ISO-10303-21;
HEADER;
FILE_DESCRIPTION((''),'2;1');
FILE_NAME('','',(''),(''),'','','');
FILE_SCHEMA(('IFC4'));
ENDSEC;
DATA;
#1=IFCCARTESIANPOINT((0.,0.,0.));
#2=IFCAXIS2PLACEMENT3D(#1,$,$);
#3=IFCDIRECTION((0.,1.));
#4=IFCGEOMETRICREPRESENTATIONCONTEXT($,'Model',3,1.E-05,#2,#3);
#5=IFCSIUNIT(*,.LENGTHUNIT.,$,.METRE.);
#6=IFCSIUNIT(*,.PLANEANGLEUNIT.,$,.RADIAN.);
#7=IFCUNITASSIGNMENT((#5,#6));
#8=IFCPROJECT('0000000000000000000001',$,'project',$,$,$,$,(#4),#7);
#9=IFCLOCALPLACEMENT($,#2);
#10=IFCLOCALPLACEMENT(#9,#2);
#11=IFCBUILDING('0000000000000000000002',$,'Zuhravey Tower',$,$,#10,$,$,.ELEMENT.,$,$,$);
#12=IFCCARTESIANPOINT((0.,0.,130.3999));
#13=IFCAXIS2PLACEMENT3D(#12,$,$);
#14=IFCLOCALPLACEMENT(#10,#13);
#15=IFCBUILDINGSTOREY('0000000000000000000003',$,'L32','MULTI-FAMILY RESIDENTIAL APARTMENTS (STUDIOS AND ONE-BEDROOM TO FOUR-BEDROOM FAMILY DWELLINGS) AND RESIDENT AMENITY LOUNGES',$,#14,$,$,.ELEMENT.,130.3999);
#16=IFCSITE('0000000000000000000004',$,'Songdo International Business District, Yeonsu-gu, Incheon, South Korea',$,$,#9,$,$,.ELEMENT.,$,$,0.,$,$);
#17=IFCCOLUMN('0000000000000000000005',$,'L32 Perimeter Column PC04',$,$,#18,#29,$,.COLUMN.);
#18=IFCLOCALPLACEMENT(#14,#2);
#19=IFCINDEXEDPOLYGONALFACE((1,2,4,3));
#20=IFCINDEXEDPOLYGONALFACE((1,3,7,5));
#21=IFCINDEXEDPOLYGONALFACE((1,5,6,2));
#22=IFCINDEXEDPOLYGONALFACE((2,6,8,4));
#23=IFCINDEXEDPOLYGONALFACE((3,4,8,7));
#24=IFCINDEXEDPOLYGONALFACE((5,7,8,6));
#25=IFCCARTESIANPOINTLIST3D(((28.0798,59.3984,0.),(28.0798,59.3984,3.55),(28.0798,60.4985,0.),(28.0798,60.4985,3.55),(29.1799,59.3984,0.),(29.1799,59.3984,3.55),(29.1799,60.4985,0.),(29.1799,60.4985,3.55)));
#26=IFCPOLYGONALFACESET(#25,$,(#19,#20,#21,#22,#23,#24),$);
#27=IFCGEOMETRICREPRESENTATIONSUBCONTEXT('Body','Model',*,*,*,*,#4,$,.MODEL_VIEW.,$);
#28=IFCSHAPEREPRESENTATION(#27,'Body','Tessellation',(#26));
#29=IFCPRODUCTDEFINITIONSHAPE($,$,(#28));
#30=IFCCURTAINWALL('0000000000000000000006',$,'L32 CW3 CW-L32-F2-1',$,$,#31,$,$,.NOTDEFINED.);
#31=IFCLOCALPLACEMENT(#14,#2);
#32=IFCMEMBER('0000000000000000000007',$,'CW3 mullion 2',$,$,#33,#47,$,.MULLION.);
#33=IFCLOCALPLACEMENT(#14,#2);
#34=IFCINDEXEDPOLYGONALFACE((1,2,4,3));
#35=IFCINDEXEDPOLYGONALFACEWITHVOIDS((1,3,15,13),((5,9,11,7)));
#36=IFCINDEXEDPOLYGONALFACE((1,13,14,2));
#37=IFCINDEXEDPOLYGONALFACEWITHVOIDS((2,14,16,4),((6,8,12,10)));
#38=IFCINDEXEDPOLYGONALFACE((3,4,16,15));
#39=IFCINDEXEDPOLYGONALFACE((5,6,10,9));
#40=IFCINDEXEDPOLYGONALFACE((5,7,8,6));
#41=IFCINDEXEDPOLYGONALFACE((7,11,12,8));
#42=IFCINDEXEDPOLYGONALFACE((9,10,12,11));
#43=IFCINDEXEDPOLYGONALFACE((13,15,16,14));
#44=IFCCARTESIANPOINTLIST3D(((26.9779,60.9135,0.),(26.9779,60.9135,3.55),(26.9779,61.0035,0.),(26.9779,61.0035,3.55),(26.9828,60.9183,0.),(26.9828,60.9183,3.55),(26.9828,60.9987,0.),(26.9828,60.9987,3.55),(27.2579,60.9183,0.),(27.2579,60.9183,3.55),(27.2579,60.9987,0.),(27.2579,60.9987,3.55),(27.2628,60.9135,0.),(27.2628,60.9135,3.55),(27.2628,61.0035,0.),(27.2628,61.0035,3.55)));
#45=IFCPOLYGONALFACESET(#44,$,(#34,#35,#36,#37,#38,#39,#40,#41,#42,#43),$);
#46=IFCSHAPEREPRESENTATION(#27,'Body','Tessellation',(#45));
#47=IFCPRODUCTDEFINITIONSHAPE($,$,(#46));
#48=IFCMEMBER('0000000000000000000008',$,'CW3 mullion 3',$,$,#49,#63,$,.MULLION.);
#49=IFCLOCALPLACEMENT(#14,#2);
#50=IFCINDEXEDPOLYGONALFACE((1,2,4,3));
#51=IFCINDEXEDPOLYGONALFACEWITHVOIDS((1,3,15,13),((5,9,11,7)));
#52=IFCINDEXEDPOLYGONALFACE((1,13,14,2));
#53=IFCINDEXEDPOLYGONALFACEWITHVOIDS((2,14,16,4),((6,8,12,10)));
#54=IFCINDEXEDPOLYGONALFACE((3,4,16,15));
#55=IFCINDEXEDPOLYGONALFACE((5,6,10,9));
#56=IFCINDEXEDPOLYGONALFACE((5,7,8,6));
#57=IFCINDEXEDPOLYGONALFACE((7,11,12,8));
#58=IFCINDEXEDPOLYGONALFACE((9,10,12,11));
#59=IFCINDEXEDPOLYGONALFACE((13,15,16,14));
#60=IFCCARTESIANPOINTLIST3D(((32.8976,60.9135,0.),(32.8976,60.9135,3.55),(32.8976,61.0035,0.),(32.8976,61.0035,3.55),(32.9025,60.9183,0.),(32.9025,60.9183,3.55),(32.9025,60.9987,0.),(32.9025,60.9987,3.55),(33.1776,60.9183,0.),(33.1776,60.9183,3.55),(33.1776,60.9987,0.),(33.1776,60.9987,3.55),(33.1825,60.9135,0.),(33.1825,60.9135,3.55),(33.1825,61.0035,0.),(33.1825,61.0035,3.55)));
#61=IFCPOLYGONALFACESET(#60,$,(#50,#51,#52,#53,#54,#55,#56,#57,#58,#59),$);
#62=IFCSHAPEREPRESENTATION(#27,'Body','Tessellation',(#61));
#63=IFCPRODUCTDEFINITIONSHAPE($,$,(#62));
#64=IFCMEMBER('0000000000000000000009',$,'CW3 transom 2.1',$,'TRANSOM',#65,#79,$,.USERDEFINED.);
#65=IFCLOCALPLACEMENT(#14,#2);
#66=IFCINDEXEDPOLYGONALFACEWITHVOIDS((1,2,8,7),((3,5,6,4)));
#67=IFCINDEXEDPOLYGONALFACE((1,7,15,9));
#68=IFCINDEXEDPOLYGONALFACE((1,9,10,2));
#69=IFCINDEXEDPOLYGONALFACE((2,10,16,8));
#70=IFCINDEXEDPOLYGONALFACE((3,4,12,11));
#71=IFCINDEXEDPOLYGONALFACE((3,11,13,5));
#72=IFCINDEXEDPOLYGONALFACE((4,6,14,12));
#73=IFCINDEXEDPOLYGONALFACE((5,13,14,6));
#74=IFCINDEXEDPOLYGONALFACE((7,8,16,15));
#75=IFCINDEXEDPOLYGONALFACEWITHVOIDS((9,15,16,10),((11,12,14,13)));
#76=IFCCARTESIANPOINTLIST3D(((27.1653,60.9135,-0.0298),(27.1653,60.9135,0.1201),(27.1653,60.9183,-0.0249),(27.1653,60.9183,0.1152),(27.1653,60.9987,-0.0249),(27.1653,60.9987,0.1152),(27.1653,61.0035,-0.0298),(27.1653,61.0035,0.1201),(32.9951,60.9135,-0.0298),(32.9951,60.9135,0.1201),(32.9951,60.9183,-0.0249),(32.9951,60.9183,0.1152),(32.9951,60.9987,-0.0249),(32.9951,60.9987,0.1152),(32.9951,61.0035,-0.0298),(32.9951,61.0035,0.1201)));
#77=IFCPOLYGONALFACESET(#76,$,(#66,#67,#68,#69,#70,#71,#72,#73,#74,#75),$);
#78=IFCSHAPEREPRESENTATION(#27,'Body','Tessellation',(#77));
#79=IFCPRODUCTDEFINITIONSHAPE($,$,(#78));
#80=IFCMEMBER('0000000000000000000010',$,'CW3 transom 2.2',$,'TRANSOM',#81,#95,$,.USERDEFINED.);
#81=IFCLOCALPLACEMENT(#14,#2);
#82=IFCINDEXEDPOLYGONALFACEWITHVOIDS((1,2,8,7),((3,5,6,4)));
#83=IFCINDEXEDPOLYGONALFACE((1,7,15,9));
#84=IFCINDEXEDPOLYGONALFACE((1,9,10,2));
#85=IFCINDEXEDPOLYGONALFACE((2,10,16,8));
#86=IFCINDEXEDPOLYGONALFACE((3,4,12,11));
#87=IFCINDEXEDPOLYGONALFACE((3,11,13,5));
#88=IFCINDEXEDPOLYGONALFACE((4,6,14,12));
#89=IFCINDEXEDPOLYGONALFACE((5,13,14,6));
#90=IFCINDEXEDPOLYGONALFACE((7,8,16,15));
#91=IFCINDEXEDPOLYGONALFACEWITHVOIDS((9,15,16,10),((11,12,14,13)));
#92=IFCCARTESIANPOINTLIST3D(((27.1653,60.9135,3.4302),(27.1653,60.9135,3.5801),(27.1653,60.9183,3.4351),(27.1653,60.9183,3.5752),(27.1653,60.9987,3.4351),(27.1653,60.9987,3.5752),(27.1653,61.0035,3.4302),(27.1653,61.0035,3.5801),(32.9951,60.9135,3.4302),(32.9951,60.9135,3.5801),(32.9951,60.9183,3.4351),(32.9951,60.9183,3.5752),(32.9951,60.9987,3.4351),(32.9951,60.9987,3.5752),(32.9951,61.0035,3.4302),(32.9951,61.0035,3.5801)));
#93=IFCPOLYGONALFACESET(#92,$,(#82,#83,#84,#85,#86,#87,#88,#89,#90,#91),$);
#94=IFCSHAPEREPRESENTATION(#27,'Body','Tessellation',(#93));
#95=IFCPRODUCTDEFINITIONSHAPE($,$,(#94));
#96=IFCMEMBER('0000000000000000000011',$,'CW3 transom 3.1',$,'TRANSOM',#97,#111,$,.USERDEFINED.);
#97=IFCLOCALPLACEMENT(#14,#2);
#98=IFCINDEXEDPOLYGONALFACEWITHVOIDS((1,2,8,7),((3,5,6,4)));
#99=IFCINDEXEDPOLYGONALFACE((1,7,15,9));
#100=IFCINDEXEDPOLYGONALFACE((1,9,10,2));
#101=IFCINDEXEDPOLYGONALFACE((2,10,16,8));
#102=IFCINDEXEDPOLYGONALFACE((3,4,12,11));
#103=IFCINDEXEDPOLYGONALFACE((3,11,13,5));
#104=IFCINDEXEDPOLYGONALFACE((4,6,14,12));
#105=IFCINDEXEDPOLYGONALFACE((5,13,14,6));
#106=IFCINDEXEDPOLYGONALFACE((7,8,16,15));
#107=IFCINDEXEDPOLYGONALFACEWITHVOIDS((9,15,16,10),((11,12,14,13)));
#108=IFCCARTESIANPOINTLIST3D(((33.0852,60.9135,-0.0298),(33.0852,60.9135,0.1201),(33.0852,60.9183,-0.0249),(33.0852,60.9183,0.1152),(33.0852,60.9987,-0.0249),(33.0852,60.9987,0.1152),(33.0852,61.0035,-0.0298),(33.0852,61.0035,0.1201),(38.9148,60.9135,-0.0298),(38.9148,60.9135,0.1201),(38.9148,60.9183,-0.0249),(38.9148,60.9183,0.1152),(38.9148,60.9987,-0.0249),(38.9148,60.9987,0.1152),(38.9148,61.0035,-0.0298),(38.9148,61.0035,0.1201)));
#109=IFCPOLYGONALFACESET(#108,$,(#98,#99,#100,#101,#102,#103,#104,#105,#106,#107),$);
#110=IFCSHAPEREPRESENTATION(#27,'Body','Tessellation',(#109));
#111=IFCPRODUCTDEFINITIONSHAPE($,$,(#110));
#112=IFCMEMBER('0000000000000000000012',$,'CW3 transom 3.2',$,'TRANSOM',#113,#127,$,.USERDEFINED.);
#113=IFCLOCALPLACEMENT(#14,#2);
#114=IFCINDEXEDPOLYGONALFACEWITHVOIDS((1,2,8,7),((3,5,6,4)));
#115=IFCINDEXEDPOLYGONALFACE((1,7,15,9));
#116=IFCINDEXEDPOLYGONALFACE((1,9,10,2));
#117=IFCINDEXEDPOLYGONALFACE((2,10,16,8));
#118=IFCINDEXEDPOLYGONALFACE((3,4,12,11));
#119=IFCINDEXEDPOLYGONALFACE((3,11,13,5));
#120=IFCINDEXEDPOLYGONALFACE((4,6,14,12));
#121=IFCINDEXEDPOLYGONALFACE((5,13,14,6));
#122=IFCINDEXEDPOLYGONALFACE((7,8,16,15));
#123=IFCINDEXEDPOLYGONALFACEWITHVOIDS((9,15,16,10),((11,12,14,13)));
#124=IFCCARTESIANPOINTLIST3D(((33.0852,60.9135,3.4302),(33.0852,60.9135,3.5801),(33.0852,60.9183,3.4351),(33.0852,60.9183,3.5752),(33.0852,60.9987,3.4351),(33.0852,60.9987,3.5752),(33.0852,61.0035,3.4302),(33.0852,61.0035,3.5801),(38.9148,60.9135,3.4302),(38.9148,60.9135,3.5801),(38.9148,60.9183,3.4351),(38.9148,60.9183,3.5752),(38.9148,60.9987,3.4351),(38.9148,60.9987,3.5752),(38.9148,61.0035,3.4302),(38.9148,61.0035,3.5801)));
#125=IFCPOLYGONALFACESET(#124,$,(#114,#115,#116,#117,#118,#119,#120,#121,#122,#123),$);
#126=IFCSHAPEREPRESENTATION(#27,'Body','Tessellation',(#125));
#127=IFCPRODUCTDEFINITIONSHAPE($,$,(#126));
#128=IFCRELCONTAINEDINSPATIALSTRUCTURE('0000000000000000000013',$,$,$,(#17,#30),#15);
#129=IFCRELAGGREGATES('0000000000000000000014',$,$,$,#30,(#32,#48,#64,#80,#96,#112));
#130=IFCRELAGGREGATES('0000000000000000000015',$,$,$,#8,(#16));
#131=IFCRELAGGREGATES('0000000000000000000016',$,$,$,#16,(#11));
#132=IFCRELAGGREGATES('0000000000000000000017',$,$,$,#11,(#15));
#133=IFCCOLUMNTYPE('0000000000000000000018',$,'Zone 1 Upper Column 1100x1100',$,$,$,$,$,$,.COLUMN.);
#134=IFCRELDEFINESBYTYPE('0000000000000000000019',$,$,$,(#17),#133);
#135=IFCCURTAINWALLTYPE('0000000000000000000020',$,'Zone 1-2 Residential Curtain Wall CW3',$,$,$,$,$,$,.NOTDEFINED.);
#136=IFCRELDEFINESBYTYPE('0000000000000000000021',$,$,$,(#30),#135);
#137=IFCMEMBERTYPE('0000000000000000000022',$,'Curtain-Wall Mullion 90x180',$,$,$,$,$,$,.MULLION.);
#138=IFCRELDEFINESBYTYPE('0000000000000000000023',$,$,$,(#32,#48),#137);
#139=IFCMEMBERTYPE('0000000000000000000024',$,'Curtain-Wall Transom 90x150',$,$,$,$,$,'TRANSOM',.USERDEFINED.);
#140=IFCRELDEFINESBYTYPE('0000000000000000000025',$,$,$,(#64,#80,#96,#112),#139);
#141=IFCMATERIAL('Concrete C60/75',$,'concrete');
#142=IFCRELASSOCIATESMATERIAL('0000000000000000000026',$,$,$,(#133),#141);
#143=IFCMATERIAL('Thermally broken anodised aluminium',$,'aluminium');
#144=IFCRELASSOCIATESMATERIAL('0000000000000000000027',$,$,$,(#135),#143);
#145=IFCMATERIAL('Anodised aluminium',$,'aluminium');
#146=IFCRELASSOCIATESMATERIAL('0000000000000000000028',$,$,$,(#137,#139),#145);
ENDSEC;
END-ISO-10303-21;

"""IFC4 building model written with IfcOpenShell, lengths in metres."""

from ifc_helpers import new_model, si_unit, direction, frame, origin, origin_2d, place, context, subcontext, project, spatial, rectangle, hollow_rectangle, extrude, material, material_profile, profile_set, type_object, element, aggregate, save


model = new_model("IFC4")

# Units and contexts
model_context = context("Model", 3, precision=1e-05, world=origin(), true_north=direction((0.0, 1.0)))
body_context = subcontext(model_context, "Body", "Model", "MODEL_VIEW")
ifc_project = project(units=[si_unit("LENGTHUNIT", "METRE"), si_unit("PLANEANGLEUNIT", "RADIAN")], contexts=[model_context])

# Site, building, storey
site_placement = place(None, origin())
site = spatial("IfcSite", under=ifc_project, at=site_placement, Name="Songdo International Business District, Yeonsu-gu, Incheon, South Korea", CompositionType="ELEMENT", RefElevation=0.0)
building_placement = place(site_placement, origin())
building = spatial("IfcBuilding", under=site, at=building_placement, Name="Zuhravey Tower", CompositionType="ELEMENT")
storey_placement = place(building_placement, frame((0.0, 0.0, 130.3999)))
storey = spatial("IfcBuildingStorey", under=building, at=storey_placement, Name="L32", Description="MULTI-FAMILY RESIDENTIAL APARTMENTS (STUDIOS AND ONE-BEDROOM TO FOUR-BEDROOM FAMILY DWELLINGS) AND RESIDENT AMENITY LOUNGES", CompositionType="ELEMENT", Elevation=130.3999)

# Column
ifc_material_1 = material(Name="Concrete C60/75", Category="concrete")
ifc_material_profile_1 = material_profile(ifc_material_1, rectangle(XDim=1.1001, YDim=1.1001, at=origin_2d()), Name="RC-1100x1100")
ifc_profile_set_1 = profile_set([ifc_material_profile_1], Name="Concrete C60/75")
column_type = type_object("IfcColumnType", Name="Zone 1 Upper Column 1100x1100", PredefinedType="COLUMN", material=ifc_profile_set_1)
column_placement = place(storey_placement, frame((28.6299, 59.9485, 0.0), z_axis=(0.0, 0.0, 1.0), x_axis=(-1.0, 0.0, 0.0)))
element("IfcColumn", 1, at=column_placement, inside=storey, type_object=column_type, Name="L32 Perimeter Column PC04", PredefinedType="COLUMN", context=body_context, shape_type="SweptSolid", body=[
    extrude(rectangle(XDim=1.1001, YDim=1.1001, at=origin_2d()), origin(), (0.0, 0.0, 1.0), 3.55),
])

# Curtain wall, members
ifc_material_2 = material(Name="Thermally broken anodised aluminium", Category="aluminium")
curtain_wall_type = type_object("IfcCurtainWallType", Name="Zone 1-2 Residential Curtain Wall CW3", PredefinedType="NOTDEFINED", material=ifc_material_2)
curtain_wall_placement = place(storey_placement, origin())
curtain_wall = element("IfcCurtainWall", 2, at=curtain_wall_placement, inside=storey, type_object=curtain_wall_type, Name="L32 CW3 CW-L32-F2-1", PredefinedType="NOTDEFINED")
ifc_material_3 = material(Name="Anodised aluminium", Category="aluminium")
ifc_material_profile_2 = material_profile(ifc_material_3, hollow_rectangle(XDim=0.0901, YDim=0.2849, WallThickness=0.0049, at=origin_2d()), Name="ALU-RHS-90x285x5")
ifc_profile_set_2 = profile_set([ifc_material_profile_2], Name="Anodised aluminium")
member_type_1 = type_object("IfcMemberType", Name="Curtain-Wall Mullion 90x180", PredefinedType="MULLION", material=ifc_profile_set_2)
member_1_placement = place(storey_placement, frame((27.1204, 60.9585, 0.0), z_axis=(0.0, 0.0, 1.0), x_axis=(0.0, 1.0, 0.0)))
member_1 = element("IfcMember", 3, at=member_1_placement, type_object=member_type_1, Name="CW3 mullion 2", PredefinedType="MULLION", context=body_context, shape_type="SweptSolid", body=[
    extrude(hollow_rectangle(XDim=0.0901, YDim=0.2849, WallThickness=0.0049, at=origin_2d()), origin(), (0.0, 0.0, 1.0), 3.55),
])
member_2_placement = place(storey_placement, frame((33.04, 60.9585, 0.0), z_axis=(0.0, 0.0, 1.0), x_axis=(0.0, 1.0, 0.0)))
member_2 = element("IfcMember", 4, at=member_2_placement, type_object=member_type_1, Name="CW3 mullion 3", PredefinedType="MULLION", context=body_context, shape_type="SweptSolid", body=[
    extrude(hollow_rectangle(XDim=0.0901, YDim=0.2849, WallThickness=0.0049, at=origin_2d()), origin(), (0.0, 0.0, 1.0), 3.55),
])
ifc_material_profile_3 = material_profile(ifc_material_3, hollow_rectangle(XDim=0.0901, YDim=0.1499, WallThickness=0.0049, at=origin_2d()), Name="ALU-RHS-90x150x5")
ifc_profile_set_3 = profile_set([ifc_material_profile_3], Name="Anodised aluminium")
member_type_2 = type_object("IfcMemberType", Name="Curtain-Wall Transom 90x150", ElementType="TRANSOM", PredefinedType="USERDEFINED", material=ifc_profile_set_3)
member_3_placement = place(storey_placement, frame((27.1653, 60.9585, 0.0452), z_axis=(1.0, 0.0, 0.0), x_axis=(0.0, 1.0, 0.0)))
member_3 = element("IfcMember", 5, at=member_3_placement, type_object=member_type_2, Name="CW3 transom 2.1", ObjectType="TRANSOM", PredefinedType="USERDEFINED", context=body_context, shape_type="SweptSolid", body=[
    extrude(hollow_rectangle(XDim=0.0901, YDim=0.1499, WallThickness=0.0049, at=origin_2d()), origin(), (0.0, 0.0, 1.0), 5.8298),
])
member_4_placement = place(storey_placement, frame((27.1653, 60.9585, 3.5051), z_axis=(1.0, 0.0, 0.0), x_axis=(0.0, 1.0, 0.0)))
member_4 = element("IfcMember", 6, at=member_4_placement, type_object=member_type_2, Name="CW3 transom 2.2", ObjectType="TRANSOM", PredefinedType="USERDEFINED", context=body_context, shape_type="SweptSolid", body=[
    extrude(hollow_rectangle(XDim=0.0901, YDim=0.1499, WallThickness=0.0049, at=origin_2d()), origin(), (0.0, 0.0, 1.0), 5.8298),
])
member_5_placement = place(storey_placement, frame((33.0852, 60.9585, 0.0452), z_axis=(1.0, 0.0, 0.0), x_axis=(0.0, 1.0, 0.0)))
member_5 = element("IfcMember", 7, at=member_5_placement, type_object=member_type_2, Name="CW3 transom 3.1", ObjectType="TRANSOM", PredefinedType="USERDEFINED", context=body_context, shape_type="SweptSolid", body=[
    extrude(hollow_rectangle(XDim=0.0901, YDim=0.1499, WallThickness=0.0049, at=origin_2d()), origin(), (0.0, 0.0, 1.0), 5.8296),
])
member_6_placement = place(storey_placement, frame((33.0852, 60.9585, 3.5051), z_axis=(1.0, 0.0, 0.0), x_axis=(0.0, 1.0, 0.0)))
member_6 = element("IfcMember", 8, at=member_6_placement, type_object=member_type_2, Name="CW3 transom 3.2", ObjectType="TRANSOM", PredefinedType="USERDEFINED", context=body_context, shape_type="SweptSolid", body=[
    extrude(hollow_rectangle(XDim=0.0901, YDim=0.1499, WallThickness=0.0049, at=origin_2d()), origin(), (0.0, 0.0, 1.0), 5.8296),
])

aggregate(curtain_wall, [member_1, member_2, member_3, member_4, member_5, member_6])

save(model, "model.ifc")
